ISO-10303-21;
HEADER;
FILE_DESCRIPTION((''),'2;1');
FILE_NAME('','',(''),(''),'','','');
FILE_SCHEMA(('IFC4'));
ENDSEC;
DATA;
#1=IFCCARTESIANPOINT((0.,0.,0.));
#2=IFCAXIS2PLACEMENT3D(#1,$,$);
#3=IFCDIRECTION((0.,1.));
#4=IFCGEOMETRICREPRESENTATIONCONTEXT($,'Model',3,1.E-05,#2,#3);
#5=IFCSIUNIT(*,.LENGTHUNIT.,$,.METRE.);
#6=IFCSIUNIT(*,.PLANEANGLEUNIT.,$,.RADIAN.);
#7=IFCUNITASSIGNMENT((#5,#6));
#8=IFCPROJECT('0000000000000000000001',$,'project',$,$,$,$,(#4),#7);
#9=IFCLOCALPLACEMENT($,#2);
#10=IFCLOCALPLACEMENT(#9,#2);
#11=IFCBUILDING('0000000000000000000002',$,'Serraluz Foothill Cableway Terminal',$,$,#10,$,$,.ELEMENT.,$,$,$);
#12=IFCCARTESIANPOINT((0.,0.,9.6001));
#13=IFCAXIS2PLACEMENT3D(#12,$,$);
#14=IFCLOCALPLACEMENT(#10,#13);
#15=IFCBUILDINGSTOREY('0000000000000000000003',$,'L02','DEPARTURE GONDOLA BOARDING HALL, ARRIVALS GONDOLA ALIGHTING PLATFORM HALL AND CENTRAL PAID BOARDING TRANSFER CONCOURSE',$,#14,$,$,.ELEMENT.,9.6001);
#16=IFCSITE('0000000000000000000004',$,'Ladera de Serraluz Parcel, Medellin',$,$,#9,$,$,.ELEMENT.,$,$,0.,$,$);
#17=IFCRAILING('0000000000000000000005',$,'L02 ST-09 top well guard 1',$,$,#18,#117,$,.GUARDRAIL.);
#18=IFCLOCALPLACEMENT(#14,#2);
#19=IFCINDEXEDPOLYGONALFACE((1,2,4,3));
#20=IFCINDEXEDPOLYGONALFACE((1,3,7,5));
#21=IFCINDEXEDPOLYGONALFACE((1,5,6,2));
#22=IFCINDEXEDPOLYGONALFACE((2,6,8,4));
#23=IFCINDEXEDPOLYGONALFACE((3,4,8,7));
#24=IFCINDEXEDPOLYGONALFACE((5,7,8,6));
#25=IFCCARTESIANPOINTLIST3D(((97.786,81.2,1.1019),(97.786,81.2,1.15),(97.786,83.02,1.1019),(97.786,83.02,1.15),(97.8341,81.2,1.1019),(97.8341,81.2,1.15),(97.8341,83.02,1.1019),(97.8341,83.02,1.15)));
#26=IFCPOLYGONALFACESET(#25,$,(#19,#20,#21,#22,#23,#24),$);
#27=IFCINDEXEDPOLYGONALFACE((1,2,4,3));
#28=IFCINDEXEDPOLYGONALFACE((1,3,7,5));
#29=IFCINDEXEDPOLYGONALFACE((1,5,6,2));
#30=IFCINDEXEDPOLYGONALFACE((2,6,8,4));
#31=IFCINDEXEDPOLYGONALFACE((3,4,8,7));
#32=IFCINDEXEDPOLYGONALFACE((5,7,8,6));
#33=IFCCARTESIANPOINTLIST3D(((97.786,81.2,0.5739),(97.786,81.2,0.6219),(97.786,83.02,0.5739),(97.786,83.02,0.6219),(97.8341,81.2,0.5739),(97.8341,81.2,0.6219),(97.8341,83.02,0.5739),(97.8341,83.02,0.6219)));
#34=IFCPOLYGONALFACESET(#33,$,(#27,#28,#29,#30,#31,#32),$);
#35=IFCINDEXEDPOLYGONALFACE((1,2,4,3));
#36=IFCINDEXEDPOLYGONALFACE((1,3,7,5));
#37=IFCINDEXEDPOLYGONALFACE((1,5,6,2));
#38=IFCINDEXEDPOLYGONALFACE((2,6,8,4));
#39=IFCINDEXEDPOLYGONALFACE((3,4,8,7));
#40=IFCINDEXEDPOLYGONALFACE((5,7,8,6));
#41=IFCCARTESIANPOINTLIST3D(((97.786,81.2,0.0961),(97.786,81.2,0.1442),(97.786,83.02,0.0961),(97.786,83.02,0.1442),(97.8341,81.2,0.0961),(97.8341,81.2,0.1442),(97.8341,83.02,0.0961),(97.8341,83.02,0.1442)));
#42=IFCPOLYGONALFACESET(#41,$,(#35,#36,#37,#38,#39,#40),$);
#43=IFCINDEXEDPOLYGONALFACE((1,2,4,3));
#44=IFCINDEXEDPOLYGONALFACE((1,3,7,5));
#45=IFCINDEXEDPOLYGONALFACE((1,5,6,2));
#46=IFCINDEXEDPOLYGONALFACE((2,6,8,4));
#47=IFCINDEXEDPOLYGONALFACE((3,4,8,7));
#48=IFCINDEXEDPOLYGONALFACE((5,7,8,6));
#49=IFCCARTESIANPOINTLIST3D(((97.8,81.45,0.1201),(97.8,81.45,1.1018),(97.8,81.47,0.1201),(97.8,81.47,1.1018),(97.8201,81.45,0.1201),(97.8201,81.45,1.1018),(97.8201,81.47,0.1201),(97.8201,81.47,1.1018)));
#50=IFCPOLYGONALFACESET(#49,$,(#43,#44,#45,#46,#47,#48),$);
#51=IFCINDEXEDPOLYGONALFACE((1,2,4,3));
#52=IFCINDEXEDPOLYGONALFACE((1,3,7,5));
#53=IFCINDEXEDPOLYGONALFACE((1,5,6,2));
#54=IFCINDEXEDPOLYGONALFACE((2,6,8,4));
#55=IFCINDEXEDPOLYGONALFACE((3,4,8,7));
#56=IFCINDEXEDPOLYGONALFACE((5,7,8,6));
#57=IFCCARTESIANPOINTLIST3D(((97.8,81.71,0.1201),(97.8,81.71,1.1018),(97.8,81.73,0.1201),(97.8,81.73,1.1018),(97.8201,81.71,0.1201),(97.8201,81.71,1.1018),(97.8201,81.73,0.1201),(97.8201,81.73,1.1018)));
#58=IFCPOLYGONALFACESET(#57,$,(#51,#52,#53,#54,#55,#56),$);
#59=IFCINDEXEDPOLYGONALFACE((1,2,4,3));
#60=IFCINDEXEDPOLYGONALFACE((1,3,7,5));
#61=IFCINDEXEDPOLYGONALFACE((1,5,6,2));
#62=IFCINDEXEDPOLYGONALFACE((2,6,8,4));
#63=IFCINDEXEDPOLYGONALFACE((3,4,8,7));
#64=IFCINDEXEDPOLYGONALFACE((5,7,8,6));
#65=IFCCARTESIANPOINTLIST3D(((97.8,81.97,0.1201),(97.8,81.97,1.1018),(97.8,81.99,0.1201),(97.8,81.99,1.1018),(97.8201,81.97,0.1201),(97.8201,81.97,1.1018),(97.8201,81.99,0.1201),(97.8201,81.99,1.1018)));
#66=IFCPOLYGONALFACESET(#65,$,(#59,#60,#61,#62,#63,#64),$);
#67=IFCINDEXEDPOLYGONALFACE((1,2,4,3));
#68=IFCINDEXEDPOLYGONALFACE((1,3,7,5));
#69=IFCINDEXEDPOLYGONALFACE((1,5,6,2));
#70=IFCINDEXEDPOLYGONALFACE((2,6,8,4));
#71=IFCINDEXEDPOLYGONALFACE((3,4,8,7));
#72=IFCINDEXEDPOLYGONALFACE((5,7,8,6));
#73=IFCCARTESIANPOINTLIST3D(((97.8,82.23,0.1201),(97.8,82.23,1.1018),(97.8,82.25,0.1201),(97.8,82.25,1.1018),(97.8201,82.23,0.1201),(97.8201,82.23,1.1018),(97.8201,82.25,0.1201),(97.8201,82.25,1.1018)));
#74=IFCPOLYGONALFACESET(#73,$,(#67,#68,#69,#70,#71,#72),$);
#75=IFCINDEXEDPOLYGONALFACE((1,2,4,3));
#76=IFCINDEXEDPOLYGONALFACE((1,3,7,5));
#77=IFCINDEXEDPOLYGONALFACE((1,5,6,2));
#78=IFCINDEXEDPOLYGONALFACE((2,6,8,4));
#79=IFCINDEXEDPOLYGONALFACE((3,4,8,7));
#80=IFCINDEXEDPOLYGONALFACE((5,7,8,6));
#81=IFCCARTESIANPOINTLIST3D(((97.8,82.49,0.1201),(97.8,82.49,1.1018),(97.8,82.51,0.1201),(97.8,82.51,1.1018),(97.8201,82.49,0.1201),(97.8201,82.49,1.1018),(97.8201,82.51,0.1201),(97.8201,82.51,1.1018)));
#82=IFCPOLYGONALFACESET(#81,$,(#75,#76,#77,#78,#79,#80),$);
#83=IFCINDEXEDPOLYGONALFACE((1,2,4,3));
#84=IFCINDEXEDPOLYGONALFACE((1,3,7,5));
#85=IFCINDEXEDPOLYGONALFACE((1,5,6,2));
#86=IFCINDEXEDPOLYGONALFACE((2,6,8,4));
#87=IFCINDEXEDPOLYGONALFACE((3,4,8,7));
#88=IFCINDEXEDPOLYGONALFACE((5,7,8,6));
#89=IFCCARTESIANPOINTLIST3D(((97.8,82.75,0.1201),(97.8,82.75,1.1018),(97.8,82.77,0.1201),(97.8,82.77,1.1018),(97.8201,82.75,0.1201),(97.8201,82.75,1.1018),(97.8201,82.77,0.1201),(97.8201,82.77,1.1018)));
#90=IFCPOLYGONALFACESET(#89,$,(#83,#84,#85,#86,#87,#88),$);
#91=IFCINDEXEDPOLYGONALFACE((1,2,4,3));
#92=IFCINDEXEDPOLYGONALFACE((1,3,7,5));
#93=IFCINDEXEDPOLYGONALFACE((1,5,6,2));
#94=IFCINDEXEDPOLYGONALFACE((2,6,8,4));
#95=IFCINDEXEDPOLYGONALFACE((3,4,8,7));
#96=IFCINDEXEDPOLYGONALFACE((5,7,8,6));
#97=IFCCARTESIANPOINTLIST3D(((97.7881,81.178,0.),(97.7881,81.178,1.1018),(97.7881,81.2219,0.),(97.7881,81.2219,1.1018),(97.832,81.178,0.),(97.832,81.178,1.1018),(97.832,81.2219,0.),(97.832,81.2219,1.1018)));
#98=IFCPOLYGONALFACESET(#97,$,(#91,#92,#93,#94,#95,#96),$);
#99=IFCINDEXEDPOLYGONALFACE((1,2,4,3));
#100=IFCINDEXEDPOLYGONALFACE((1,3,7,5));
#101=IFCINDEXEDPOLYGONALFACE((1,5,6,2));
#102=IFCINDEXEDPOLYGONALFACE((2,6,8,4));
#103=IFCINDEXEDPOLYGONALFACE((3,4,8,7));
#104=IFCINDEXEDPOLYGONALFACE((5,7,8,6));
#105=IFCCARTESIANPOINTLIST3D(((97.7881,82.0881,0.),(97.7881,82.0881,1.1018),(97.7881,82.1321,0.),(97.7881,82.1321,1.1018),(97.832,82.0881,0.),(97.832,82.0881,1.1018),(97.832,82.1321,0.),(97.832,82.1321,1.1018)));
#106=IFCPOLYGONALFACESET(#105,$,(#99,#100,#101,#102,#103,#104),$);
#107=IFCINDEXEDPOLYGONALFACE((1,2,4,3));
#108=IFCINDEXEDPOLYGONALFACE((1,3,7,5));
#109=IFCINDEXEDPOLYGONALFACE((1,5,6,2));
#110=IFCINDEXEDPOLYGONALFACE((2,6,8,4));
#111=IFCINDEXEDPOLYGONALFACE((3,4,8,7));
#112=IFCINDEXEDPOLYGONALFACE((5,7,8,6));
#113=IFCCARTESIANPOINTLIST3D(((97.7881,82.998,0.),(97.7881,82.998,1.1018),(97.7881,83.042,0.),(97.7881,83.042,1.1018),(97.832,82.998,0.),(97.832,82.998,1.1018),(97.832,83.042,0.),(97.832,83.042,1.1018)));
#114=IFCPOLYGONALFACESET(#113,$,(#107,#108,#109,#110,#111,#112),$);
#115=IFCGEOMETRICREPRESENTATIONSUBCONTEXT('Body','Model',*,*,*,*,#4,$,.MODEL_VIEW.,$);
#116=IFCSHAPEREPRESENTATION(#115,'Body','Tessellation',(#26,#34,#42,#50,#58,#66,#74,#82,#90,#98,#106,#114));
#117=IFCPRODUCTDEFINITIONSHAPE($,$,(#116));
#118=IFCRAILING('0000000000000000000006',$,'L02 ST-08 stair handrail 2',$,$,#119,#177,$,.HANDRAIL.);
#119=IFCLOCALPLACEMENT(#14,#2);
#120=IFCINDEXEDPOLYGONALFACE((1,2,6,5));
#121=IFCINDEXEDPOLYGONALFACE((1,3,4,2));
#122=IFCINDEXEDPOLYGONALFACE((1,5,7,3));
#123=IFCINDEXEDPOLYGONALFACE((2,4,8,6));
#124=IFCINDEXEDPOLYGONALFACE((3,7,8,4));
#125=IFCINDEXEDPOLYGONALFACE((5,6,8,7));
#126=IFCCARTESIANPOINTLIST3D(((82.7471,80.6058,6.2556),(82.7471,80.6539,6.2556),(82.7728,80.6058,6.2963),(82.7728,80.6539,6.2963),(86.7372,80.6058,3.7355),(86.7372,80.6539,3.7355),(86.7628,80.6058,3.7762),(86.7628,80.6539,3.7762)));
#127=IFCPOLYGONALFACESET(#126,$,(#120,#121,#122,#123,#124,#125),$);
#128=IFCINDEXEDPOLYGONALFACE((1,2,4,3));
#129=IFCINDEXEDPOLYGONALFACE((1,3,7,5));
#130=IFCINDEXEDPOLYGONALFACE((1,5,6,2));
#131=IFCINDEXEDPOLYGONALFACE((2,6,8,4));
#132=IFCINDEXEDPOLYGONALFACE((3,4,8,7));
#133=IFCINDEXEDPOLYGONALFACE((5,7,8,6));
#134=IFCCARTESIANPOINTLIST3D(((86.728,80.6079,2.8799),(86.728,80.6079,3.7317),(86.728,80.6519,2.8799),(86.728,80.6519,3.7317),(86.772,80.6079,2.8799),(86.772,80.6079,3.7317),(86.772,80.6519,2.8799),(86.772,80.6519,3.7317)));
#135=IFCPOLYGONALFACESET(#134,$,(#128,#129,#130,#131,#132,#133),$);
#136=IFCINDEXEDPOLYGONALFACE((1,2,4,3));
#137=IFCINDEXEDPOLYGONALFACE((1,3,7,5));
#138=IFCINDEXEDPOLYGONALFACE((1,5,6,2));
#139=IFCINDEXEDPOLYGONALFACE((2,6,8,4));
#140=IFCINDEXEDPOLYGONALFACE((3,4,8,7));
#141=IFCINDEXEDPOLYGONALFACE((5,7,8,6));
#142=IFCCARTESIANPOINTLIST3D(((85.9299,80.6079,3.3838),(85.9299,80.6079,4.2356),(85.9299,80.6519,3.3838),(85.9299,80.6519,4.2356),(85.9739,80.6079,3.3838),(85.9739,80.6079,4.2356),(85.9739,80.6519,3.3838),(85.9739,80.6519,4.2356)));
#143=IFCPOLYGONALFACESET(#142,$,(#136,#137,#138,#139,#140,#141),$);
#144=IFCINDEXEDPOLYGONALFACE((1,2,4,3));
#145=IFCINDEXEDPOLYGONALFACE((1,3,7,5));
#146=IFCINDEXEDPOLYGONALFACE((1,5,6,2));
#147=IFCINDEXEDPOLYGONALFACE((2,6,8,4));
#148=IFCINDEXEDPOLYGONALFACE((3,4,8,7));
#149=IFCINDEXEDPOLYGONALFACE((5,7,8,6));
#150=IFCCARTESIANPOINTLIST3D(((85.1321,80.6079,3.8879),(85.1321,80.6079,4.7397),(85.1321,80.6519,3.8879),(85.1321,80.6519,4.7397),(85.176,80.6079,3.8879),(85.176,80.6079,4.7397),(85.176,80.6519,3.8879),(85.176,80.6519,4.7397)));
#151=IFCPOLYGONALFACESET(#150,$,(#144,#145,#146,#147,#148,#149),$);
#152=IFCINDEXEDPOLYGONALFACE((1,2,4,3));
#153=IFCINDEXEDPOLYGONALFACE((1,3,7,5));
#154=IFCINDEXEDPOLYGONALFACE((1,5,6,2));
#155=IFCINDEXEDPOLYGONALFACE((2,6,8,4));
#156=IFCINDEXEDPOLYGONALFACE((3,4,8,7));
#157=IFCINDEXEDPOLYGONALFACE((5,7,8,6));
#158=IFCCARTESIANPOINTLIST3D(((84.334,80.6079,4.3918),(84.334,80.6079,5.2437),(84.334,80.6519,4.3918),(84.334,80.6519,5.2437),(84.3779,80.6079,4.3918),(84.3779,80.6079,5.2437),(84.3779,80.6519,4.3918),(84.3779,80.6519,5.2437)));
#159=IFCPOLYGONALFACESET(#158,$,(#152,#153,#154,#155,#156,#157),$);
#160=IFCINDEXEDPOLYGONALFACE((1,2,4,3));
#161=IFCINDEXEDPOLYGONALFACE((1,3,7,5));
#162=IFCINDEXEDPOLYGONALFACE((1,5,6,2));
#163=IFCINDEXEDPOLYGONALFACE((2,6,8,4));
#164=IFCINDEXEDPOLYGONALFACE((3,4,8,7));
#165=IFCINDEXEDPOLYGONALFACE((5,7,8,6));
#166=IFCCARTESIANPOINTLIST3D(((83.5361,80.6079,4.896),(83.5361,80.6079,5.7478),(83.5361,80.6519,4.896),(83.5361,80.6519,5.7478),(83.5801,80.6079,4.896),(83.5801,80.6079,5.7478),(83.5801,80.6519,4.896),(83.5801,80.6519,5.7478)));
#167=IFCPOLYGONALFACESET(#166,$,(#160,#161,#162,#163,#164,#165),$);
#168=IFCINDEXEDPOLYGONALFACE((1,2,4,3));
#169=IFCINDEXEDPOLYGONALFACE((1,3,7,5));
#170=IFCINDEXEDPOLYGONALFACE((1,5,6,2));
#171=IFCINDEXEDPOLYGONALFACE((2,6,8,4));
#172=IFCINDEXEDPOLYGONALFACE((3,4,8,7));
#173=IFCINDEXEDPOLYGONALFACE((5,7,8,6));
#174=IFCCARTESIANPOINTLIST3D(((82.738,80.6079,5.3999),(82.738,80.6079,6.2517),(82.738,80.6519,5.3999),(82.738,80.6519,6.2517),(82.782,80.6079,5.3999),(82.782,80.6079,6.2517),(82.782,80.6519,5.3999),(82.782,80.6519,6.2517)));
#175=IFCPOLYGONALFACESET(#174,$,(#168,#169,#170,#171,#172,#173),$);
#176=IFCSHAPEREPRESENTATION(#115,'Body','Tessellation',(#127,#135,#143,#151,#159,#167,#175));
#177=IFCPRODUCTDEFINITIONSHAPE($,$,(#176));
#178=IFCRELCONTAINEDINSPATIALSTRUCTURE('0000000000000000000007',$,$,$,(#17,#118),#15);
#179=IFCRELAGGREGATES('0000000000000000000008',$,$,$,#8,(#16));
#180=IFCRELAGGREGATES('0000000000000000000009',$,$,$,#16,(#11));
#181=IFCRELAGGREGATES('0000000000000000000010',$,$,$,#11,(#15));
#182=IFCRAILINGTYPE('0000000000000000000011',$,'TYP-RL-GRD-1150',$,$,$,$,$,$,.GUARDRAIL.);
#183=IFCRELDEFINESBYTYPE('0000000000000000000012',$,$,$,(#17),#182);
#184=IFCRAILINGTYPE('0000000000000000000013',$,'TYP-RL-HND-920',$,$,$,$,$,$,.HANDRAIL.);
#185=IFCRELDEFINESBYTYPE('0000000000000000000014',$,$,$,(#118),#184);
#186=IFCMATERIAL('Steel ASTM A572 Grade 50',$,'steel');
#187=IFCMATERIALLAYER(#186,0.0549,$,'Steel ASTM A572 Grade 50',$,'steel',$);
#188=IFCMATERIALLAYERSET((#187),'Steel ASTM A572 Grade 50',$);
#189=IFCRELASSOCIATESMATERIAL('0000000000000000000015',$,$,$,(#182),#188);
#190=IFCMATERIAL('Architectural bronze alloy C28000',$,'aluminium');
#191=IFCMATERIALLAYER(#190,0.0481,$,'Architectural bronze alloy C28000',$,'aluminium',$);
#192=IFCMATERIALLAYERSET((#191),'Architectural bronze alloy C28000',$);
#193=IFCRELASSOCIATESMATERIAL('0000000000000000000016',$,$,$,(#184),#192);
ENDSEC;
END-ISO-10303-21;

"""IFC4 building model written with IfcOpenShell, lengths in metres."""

from ifc_helpers import new_model, si_unit, direction, frame, origin, origin_2d, place, context, subcontext, project, spatial, rectangle, extrude, material, layer, layer_set, type_object, element, save


model = new_model("IFC4")

# Units and contexts
model_context = context("Model", 3, precision=1e-05, world=origin(), true_north=direction((0.0, 1.0)))
body_context = subcontext(model_context, "Body", "Model", "MODEL_VIEW")
ifc_project = project(units=[si_unit("LENGTHUNIT", "METRE"), si_unit("PLANEANGLEUNIT", "RADIAN")], contexts=[model_context])

# Site, building, storey
site_placement = place(None, origin())
site = spatial("IfcSite", under=ifc_project, at=site_placement, Name="Ladera de Serraluz Parcel, Medellin", CompositionType="ELEMENT", RefElevation=0.0)
building_placement = place(site_placement, origin())
building = spatial("IfcBuilding", under=site, at=building_placement, Name="Serraluz Foothill Cableway Terminal", CompositionType="ELEMENT")
storey_placement = place(building_placement, frame((0.0, 0.0, 9.6001)))
storey = spatial("IfcBuildingStorey", under=building, at=storey_placement, Name="L02", Description="DEPARTURE GONDOLA BOARDING HALL, ARRIVALS GONDOLA ALIGHTING PLATFORM HALL AND CENTRAL PAID BOARDING TRANSFER CONCOURSE", CompositionType="ELEMENT", Elevation=9.6001)

# Shared definitions
ifc_material_1 = material(Name="Steel ASTM A572 Grade 50", Category="steel")

# Railings
ifc_layer_1 = layer(ifc_material_1, 0.0549, Name="Steel ASTM A572 Grade 50", Category="steel")
ifc_layer_set_1 = layer_set([ifc_layer_1], Name="Steel ASTM A572 Grade 50")
railing_type_1 = type_object("IfcRailingType", Name="TYP-RL-GRD-1150", PredefinedType="GUARDRAIL", material=ifc_layer_set_1)
railing_1_placement = place(storey_placement, frame((97.8101, 81.2, 0.0)))
element("IfcRailing", 1, at=railing_1_placement, inside=storey, type_object=railing_type_1, Name="L02 ST-09 top well guard 1", PredefinedType="GUARDRAIL", context=body_context, shape_type="SweptSolid", body=[
    extrude(rectangle(XDim=0.0481, YDim=0.0481, at=origin_2d()), frame((0.0, 0.0, 1.126), z_axis=(0.0, 1.0, 0.0), x_axis=(-1.0, 0.0, 0.0)), (0.0, 0.0, 1.0), 1.8201),
    extrude(rectangle(XDim=0.0481, YDim=0.0481, at=origin_2d()), frame((0.0, 0.0, 0.5979), z_axis=(0.0, 1.0, 0.0), x_axis=(-1.0, 0.0, 0.0)), (0.0, 0.0, 1.0), 1.8201),
    extrude(rectangle(XDim=0.0481, YDim=0.0481, at=origin_2d()), frame((0.0, 0.0, 0.1201), z_axis=(0.0, 1.0, 0.0), x_axis=(-1.0, 0.0, 0.0)), (0.0, 0.0, 1.0), 1.8201),
    extrude(rectangle(XDim=0.02, YDim=0.02, at=origin_2d()), frame((0.0, 0.26, 0.1201)), (0.0, 0.0, 1.0), 0.9817),
    extrude(rectangle(XDim=0.02, YDim=0.02, at=origin_2d()), frame((0.0, 0.52, 0.1201)), (0.0, 0.0, 1.0), 0.9817),
    extrude(rectangle(XDim=0.02, YDim=0.02, at=origin_2d()), frame((0.0, 0.78, 0.1201)), (0.0, 0.0, 1.0), 0.9817),
    extrude(rectangle(XDim=0.02, YDim=0.02, at=origin_2d()), frame((0.0, 1.04, 0.1201)), (0.0, 0.0, 1.0), 0.9817),
    extrude(rectangle(XDim=0.02, YDim=0.02, at=origin_2d()), frame((0.0, 1.3, 0.1201)), (0.0, 0.0, 1.0), 0.9817),
    extrude(rectangle(XDim=0.02, YDim=0.02, at=origin_2d()), frame((0.0, 1.5601, 0.1201)), (0.0, 0.0, 1.0), 0.9817),
    extrude(rectangle(XDim=0.0439, YDim=0.0439, at=origin_2d()), origin(), (0.0, 0.0, 1.0), 1.1018),
    extrude(rectangle(XDim=0.0439, YDim=0.0439, at=origin_2d()), frame((0.0, 0.9102, 0.0)), (0.0, 0.0, 1.0), 1.1018),
    extrude(rectangle(XDim=0.0439, YDim=0.0439, at=origin_2d()), frame((0.0, 1.8201, 0.0)), (0.0, 0.0, 1.0), 1.1018),
])
ifc_material_2 = material(Name="Architectural bronze alloy C28000", Category="aluminium")
ifc_layer_2 = layer(ifc_material_2, 0.0481, Name="Architectural bronze alloy C28000", Category="aluminium")
ifc_layer_set_2 = layer_set([ifc_layer_2], Name="Architectural bronze alloy C28000")
railing_type_2 = type_object("IfcRailingType", Name="TYP-RL-HND-920", PredefinedType="HANDRAIL", material=ifc_layer_set_2)
railing_2_placement = place(storey_placement, frame((86.75, 80.6299, 2.8799)))
element("IfcRailing", 2, at=railing_2_placement, inside=storey, type_object=railing_type_2, Name="L02 ST-08 stair handrail 2", PredefinedType="HANDRAIL", context=body_context, shape_type="SweptSolid", body=[
    extrude(rectangle(XDim=0.0481, YDim=0.0481, at=origin_2d()), frame((0.0, 0.0, 0.876), z_axis=(-0.845486, 0.0, 0.533997), x_axis=(0.0, -1.0, 0.0)), (0.0, 0.0, 1.0), 4.7192),
    extrude(rectangle(XDim=0.0439, YDim=0.0439, at=origin_2d()), origin(), (0.0, 0.0, 1.0), 0.8518),
    extrude(rectangle(XDim=0.0439, YDim=0.0439, at=origin_2d()), frame((-0.7981, 0.0, 0.5039)), (0.0, 0.0, 1.0), 0.8518),
    extrude(rectangle(XDim=0.0439, YDim=0.0439, at=origin_2d()), frame((-1.5959, 0.0, 1.0081)), (0.0, 0.0, 1.0), 0.8518),
    extrude(rectangle(XDim=0.0439, YDim=0.0439, at=origin_2d()), frame((-2.394, 0.0, 1.512)), (0.0, 0.0, 1.0), 0.8518),
    extrude(rectangle(XDim=0.0439, YDim=0.0439, at=origin_2d()), frame((-3.1919, 0.0, 2.0161)), (0.0, 0.0, 1.0), 0.8518),
    extrude(rectangle(XDim=0.0439, YDim=0.0439, at=origin_2d()), frame((-3.99, 0.0, 2.52)), (0.0, 0.0, 1.0), 0.8518),
])

save(model, "model.ifc")
